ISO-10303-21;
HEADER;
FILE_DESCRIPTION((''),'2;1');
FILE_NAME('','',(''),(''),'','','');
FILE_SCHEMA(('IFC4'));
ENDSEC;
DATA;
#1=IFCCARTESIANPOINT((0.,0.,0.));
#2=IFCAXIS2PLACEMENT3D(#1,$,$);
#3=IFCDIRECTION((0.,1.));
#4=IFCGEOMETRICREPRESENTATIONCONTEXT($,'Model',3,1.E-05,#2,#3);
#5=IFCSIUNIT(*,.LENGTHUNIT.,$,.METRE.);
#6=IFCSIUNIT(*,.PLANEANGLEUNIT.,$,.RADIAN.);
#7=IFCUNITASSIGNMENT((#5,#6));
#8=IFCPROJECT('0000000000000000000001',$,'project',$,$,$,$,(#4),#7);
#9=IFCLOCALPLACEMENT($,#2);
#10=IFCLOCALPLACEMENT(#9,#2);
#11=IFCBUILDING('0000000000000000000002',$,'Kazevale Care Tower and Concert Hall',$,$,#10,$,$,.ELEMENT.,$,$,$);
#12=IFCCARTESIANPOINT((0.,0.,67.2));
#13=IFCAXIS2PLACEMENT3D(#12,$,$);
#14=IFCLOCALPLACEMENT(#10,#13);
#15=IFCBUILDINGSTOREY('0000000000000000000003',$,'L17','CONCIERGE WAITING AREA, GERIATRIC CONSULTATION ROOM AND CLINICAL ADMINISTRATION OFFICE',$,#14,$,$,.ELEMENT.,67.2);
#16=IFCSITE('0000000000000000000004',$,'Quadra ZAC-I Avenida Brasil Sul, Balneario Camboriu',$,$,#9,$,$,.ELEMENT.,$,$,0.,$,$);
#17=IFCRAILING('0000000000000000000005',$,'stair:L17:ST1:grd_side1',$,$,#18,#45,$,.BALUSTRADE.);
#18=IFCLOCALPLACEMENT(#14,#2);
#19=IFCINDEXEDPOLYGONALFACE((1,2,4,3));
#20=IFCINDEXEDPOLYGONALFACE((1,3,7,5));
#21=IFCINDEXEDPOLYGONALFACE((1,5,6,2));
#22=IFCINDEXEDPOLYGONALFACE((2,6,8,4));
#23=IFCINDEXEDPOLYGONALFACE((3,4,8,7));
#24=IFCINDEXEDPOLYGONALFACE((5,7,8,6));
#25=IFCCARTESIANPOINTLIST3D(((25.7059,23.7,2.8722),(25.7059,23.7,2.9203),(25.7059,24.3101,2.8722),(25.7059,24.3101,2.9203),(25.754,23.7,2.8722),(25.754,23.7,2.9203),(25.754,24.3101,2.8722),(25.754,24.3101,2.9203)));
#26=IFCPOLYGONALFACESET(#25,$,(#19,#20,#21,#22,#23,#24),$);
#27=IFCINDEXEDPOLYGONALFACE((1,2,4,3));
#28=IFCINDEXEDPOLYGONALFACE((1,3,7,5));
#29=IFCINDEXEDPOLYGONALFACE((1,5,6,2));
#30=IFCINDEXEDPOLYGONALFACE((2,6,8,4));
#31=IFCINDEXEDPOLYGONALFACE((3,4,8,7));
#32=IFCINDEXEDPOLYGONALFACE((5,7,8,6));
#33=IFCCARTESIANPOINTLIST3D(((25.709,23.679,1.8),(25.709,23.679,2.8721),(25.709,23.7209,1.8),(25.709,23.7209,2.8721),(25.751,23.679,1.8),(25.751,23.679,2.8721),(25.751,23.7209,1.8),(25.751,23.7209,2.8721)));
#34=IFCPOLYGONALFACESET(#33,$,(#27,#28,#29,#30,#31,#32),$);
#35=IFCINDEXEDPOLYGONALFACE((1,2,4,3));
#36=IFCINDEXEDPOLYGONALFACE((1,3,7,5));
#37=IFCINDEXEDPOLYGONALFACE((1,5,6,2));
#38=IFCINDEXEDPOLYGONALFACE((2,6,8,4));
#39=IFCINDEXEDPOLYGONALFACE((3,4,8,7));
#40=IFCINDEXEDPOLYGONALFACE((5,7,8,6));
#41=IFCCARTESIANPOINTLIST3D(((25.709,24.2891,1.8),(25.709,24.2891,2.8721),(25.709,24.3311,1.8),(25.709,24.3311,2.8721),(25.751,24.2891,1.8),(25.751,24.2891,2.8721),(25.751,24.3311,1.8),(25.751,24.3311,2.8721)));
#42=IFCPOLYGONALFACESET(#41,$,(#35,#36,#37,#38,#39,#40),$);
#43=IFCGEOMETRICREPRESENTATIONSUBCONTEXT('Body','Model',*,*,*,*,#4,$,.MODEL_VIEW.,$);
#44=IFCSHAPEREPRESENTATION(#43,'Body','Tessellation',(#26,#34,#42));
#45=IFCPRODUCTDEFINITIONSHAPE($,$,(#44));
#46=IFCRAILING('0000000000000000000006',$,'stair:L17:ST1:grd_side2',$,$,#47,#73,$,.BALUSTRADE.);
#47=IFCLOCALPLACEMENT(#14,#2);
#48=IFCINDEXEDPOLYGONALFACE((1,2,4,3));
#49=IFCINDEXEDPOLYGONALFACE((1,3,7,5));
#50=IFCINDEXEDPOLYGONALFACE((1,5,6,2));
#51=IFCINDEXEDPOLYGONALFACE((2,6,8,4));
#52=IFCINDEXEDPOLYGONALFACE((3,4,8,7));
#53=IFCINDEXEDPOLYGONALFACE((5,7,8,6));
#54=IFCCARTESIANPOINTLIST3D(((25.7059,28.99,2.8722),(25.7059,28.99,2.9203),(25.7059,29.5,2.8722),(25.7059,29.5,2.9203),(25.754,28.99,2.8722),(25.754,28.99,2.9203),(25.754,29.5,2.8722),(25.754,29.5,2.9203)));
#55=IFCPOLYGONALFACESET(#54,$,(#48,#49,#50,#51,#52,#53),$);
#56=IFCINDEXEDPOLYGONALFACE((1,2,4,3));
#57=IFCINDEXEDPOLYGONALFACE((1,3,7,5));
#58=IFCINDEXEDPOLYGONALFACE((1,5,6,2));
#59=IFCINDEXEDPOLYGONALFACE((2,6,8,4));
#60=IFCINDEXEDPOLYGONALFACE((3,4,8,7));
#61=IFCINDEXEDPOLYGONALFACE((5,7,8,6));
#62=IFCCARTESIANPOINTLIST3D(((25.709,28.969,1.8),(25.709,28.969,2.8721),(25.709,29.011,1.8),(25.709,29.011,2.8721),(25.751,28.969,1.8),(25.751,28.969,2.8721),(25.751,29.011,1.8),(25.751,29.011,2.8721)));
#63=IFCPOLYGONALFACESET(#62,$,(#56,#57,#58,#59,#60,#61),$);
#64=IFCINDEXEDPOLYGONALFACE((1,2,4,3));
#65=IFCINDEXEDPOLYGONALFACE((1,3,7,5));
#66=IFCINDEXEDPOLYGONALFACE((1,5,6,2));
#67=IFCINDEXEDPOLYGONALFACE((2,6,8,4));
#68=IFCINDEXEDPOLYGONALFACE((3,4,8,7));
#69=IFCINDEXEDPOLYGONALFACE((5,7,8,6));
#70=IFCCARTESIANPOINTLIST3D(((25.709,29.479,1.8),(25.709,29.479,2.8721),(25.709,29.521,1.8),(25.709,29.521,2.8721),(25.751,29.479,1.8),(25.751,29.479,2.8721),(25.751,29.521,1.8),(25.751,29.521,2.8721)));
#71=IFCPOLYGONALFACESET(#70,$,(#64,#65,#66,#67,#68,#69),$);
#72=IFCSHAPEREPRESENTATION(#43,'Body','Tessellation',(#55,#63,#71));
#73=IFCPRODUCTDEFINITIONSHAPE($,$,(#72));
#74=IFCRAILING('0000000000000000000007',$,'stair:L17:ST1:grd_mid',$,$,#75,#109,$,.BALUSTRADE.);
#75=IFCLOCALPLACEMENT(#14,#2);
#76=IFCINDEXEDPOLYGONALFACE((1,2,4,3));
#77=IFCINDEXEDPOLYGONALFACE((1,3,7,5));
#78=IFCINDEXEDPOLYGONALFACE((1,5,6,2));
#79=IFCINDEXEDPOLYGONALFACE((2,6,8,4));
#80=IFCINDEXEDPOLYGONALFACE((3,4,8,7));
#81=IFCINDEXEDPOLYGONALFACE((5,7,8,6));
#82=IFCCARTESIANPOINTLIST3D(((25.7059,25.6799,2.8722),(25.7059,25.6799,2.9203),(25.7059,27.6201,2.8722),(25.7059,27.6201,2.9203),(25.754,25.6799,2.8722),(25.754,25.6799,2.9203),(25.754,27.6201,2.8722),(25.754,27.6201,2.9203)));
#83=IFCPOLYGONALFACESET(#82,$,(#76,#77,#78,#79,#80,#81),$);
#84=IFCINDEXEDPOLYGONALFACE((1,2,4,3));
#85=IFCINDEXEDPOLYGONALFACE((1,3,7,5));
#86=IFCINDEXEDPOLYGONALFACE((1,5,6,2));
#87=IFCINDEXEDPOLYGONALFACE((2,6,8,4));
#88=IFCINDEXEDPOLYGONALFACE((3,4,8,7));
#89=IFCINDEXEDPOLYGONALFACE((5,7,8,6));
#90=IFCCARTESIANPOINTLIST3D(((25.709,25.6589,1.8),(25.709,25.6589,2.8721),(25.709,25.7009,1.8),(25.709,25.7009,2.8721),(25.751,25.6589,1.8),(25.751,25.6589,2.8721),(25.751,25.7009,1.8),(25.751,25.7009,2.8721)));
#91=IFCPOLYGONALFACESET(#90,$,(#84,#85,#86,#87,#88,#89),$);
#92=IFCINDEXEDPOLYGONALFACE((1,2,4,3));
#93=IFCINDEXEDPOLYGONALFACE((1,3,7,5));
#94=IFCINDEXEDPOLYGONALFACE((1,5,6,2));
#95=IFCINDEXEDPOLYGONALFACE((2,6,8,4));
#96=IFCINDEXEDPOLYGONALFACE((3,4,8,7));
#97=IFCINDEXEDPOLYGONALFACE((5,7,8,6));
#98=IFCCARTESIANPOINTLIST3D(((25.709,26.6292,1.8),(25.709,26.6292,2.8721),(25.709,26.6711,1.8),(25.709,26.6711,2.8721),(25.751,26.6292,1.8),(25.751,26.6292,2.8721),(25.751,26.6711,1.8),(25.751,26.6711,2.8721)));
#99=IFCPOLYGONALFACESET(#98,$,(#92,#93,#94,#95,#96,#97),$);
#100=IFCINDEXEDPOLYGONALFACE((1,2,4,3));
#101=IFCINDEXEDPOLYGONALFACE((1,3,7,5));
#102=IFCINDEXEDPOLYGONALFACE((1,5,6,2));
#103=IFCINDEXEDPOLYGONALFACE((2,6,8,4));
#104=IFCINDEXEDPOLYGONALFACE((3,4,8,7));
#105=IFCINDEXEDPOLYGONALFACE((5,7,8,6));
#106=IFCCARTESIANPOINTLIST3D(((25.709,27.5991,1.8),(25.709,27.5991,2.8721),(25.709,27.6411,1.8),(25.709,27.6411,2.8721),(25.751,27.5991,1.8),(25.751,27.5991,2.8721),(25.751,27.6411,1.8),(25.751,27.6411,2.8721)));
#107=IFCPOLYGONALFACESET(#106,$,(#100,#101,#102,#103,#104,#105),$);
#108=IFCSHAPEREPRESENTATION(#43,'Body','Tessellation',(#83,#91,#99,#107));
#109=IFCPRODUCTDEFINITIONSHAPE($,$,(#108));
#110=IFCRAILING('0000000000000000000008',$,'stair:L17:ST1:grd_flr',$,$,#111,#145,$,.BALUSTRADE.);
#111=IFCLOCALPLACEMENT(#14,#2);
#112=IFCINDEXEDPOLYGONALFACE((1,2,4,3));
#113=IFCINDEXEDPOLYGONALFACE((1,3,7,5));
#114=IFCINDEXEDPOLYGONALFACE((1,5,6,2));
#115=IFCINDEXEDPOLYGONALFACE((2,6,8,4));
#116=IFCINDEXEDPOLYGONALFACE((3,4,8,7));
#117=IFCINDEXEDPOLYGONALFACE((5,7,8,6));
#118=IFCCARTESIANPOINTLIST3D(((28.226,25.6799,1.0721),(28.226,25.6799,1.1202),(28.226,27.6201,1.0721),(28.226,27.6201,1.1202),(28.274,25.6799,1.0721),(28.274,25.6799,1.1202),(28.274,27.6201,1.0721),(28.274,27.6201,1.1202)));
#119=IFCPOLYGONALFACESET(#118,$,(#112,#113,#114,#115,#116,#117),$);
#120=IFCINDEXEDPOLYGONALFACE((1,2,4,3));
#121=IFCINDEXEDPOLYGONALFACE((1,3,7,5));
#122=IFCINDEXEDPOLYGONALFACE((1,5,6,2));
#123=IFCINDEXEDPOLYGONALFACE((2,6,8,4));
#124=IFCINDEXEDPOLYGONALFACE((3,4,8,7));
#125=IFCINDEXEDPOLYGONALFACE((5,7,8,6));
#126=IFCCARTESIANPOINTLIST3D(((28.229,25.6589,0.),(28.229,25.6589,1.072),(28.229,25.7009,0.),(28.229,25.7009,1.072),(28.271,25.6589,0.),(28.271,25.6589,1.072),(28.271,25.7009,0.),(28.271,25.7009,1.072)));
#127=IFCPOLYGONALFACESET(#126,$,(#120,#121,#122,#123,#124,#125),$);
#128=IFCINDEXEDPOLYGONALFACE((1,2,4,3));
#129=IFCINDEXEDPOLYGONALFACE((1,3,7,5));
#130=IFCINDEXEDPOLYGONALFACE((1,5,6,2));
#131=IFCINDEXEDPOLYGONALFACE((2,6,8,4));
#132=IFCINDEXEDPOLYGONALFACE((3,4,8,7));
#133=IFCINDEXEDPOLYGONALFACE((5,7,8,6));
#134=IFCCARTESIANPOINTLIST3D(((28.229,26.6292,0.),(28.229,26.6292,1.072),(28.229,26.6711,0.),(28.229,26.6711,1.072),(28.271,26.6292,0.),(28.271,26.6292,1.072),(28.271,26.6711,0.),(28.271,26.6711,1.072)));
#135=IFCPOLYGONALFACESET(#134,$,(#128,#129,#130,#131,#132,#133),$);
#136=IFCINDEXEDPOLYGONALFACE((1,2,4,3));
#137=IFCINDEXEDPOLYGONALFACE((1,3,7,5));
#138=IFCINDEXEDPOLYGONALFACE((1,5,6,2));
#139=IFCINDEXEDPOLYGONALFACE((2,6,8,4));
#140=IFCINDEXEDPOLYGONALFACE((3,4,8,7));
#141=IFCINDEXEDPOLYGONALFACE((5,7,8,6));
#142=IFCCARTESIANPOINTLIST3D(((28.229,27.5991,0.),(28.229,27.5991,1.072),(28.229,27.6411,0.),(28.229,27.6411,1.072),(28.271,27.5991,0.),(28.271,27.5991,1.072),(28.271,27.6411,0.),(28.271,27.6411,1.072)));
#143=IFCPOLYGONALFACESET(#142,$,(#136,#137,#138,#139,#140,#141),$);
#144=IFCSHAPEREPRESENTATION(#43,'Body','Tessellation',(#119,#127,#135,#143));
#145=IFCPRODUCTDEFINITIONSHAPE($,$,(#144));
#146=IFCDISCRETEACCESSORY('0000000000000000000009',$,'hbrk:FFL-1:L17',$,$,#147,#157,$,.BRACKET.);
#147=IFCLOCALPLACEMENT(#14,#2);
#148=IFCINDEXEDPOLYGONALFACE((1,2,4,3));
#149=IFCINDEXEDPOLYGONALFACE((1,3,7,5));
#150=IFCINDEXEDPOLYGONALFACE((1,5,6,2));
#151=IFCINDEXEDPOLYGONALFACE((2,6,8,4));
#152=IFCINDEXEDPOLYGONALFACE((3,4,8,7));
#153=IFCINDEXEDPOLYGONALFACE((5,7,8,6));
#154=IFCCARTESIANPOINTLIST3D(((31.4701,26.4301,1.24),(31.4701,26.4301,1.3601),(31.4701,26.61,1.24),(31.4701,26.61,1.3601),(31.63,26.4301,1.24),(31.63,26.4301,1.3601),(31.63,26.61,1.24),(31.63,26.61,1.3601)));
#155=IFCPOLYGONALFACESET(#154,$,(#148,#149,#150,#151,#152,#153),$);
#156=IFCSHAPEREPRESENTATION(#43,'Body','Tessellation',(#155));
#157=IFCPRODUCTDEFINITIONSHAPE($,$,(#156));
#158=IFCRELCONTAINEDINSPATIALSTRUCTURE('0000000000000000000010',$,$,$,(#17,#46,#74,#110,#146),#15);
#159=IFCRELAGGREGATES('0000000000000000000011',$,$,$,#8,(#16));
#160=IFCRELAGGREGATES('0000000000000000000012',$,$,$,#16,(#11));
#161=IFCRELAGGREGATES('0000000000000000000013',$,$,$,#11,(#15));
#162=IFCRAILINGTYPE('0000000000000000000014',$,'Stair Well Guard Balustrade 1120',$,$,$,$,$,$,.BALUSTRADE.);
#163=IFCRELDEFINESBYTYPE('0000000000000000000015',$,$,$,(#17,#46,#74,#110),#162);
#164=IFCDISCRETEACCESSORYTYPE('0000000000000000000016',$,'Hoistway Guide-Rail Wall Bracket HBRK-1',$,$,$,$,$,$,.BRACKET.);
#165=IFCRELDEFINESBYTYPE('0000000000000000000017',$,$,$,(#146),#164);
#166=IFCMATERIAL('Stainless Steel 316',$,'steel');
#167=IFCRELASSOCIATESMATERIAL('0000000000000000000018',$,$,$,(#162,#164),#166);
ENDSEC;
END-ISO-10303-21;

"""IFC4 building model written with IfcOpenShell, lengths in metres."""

from ifc_helpers import new_model, si_unit, direction, frame, origin, origin_2d, place, context, subcontext, project, spatial, rectangle, extrude, material, type_object, element, save


model = new_model("IFC4")

# Units and contexts
model_context = context("Model", 3, precision=1e-05, world=origin(), true_north=direction((0.0, 1.0)))
body_context = subcontext(model_context, "Body", "Model", "MODEL_VIEW")
ifc_project = project(units=[si_unit("LENGTHUNIT", "METRE"), si_unit("PLANEANGLEUNIT", "RADIAN")], contexts=[model_context])

# Site, building, storey
site_placement = place(None, origin())
site = spatial("IfcSite", under=ifc_project, at=site_placement, Name="Quadra ZAC-I Avenida Brasil Sul, Balneario Camboriu", CompositionType="ELEMENT", RefElevation=0.0)
building_placement = place(site_placement, origin())
building = spatial("IfcBuilding", under=site, at=building_placement, Name="Kazevale Care Tower and Concert Hall", CompositionType="ELEMENT")
storey_placement = place(building_placement, frame((0.0, 0.0, 67.2)))
storey = spatial("IfcBuildingStorey", under=building, at=storey_placement, Name="L17", Description="CONCIERGE WAITING AREA, GERIATRIC CONSULTATION ROOM AND CLINICAL ADMINISTRATION OFFICE", CompositionType="ELEMENT", Elevation=67.2)

# Shared definitions
ifc_material_1 = material(Name="Stainless Steel 316", Category="steel")

# Railings
railing_type_1 = type_object("IfcRailingType", Name="Stair Well Guard Balustrade 1120", PredefinedType="BALUSTRADE", material=ifc_material_1)
railing_1_placement = place(storey_placement, frame((25.73, 23.7, 1.8)))
element("IfcRailing", 1, at=railing_1_placement, inside=storey, type_object=railing_type_1, Name="stair:L17:ST1:grd_side1", PredefinedType="BALUSTRADE", context=body_context, shape_type="SweptSolid", body=[
    extrude(rectangle(XDim=0.0481, YDim=0.0481, at=origin_2d()), frame((0.0, 0.0, 1.0962), z_axis=(0.0, 1.0, 0.0), x_axis=(-1.0, 0.0, 0.0)), (0.0, 0.0, 1.0), 0.6101),
    extrude(rectangle(XDim=0.042, YDim=0.042, at=origin_2d()), origin(), (0.0, 0.0, 1.0), 1.072),
    extrude(rectangle(XDim=0.042, YDim=0.042, at=origin_2d()), frame((0.0, 0.6101, 0.0)), (0.0, 0.0, 1.0), 1.072),
])
railing_2_placement = place(storey_placement, frame((25.73, 28.99, 1.8)))
element("IfcRailing", 2, at=railing_2_placement, inside=storey, type_object=railing_type_1, Name="stair:L17:ST1:grd_side2", PredefinedType="BALUSTRADE", context=body_context, shape_type="SweptSolid", body=[
    extrude(rectangle(XDim=0.0481, YDim=0.0481, at=origin_2d()), frame((0.0, 0.0, 1.0962), z_axis=(0.0, 1.0, 0.0), x_axis=(-1.0, 0.0, 0.0)), (0.0, 0.0, 1.0), 0.51),
    extrude(rectangle(XDim=0.042, YDim=0.042, at=origin_2d()), origin(), (0.0, 0.0, 1.0), 1.072),
    extrude(rectangle(XDim=0.042, YDim=0.042, at=origin_2d()), frame((0.0, 0.51, 0.0)), (0.0, 0.0, 1.0), 1.072),
])
for number, where, name in (
    (3, (25.73, 25.6799, 1.8), "stair:L17:ST1:grd_mid"),
    (4, (28.25, 25.6799, 0.0), "stair:L17:ST1:grd_flr"),
):
    element("IfcRailing", number, at=place(storey_placement, frame(where)), inside=storey, type_object=railing_type_1, Name=name, PredefinedType="BALUSTRADE", context=body_context, shape_type="SweptSolid", body=[
        extrude(rectangle(XDim=0.0481, YDim=0.0481, at=origin_2d()), frame((0.0, 0.0, 1.0962), z_axis=(0.0, 1.0, 0.0), x_axis=(-1.0, 0.0, 0.0)), (0.0, 0.0, 1.0), 1.9402),
        extrude(rectangle(XDim=0.042, YDim=0.042, at=origin_2d()), origin(), (0.0, 0.0, 1.0), 1.072),
        extrude(rectangle(XDim=0.042, YDim=0.042, at=origin_2d()), frame((0.0, 0.9702, 0.0)), (0.0, 0.0, 1.0), 1.072),
        extrude(rectangle(XDim=0.042, YDim=0.042, at=origin_2d()), frame((0.0, 1.9402, 0.0)), (0.0, 0.0, 1.0), 1.072),
    ])

# Discrete accessory
discrete_accessory_type = type_object("IfcDiscreteAccessoryType", Name="Hoistway Guide-Rail Wall Bracket HBRK-1", PredefinedType="BRACKET", material=ifc_material_1)
discrete_accessory_placement = place(storey_placement, frame((31.55, 26.52, 1.24), z_axis=(0.0, 0.0, 1.0), x_axis=(1.0, 0.0, 0.0)))
element("IfcDiscreteAccessory", 5, at=discrete_accessory_placement, inside=storey, type_object=discrete_accessory_type, Name="hbrk:FFL-1:L17", PredefinedType="BRACKET", context=body_context, shape_type="SweptSolid", body=[
    extrude(rectangle(XDim=0.1599, YDim=0.1799, at=origin_2d()), origin(), (0.0, 0.0, 1.0), 0.1201),
])

save(model, "model.ifc")
